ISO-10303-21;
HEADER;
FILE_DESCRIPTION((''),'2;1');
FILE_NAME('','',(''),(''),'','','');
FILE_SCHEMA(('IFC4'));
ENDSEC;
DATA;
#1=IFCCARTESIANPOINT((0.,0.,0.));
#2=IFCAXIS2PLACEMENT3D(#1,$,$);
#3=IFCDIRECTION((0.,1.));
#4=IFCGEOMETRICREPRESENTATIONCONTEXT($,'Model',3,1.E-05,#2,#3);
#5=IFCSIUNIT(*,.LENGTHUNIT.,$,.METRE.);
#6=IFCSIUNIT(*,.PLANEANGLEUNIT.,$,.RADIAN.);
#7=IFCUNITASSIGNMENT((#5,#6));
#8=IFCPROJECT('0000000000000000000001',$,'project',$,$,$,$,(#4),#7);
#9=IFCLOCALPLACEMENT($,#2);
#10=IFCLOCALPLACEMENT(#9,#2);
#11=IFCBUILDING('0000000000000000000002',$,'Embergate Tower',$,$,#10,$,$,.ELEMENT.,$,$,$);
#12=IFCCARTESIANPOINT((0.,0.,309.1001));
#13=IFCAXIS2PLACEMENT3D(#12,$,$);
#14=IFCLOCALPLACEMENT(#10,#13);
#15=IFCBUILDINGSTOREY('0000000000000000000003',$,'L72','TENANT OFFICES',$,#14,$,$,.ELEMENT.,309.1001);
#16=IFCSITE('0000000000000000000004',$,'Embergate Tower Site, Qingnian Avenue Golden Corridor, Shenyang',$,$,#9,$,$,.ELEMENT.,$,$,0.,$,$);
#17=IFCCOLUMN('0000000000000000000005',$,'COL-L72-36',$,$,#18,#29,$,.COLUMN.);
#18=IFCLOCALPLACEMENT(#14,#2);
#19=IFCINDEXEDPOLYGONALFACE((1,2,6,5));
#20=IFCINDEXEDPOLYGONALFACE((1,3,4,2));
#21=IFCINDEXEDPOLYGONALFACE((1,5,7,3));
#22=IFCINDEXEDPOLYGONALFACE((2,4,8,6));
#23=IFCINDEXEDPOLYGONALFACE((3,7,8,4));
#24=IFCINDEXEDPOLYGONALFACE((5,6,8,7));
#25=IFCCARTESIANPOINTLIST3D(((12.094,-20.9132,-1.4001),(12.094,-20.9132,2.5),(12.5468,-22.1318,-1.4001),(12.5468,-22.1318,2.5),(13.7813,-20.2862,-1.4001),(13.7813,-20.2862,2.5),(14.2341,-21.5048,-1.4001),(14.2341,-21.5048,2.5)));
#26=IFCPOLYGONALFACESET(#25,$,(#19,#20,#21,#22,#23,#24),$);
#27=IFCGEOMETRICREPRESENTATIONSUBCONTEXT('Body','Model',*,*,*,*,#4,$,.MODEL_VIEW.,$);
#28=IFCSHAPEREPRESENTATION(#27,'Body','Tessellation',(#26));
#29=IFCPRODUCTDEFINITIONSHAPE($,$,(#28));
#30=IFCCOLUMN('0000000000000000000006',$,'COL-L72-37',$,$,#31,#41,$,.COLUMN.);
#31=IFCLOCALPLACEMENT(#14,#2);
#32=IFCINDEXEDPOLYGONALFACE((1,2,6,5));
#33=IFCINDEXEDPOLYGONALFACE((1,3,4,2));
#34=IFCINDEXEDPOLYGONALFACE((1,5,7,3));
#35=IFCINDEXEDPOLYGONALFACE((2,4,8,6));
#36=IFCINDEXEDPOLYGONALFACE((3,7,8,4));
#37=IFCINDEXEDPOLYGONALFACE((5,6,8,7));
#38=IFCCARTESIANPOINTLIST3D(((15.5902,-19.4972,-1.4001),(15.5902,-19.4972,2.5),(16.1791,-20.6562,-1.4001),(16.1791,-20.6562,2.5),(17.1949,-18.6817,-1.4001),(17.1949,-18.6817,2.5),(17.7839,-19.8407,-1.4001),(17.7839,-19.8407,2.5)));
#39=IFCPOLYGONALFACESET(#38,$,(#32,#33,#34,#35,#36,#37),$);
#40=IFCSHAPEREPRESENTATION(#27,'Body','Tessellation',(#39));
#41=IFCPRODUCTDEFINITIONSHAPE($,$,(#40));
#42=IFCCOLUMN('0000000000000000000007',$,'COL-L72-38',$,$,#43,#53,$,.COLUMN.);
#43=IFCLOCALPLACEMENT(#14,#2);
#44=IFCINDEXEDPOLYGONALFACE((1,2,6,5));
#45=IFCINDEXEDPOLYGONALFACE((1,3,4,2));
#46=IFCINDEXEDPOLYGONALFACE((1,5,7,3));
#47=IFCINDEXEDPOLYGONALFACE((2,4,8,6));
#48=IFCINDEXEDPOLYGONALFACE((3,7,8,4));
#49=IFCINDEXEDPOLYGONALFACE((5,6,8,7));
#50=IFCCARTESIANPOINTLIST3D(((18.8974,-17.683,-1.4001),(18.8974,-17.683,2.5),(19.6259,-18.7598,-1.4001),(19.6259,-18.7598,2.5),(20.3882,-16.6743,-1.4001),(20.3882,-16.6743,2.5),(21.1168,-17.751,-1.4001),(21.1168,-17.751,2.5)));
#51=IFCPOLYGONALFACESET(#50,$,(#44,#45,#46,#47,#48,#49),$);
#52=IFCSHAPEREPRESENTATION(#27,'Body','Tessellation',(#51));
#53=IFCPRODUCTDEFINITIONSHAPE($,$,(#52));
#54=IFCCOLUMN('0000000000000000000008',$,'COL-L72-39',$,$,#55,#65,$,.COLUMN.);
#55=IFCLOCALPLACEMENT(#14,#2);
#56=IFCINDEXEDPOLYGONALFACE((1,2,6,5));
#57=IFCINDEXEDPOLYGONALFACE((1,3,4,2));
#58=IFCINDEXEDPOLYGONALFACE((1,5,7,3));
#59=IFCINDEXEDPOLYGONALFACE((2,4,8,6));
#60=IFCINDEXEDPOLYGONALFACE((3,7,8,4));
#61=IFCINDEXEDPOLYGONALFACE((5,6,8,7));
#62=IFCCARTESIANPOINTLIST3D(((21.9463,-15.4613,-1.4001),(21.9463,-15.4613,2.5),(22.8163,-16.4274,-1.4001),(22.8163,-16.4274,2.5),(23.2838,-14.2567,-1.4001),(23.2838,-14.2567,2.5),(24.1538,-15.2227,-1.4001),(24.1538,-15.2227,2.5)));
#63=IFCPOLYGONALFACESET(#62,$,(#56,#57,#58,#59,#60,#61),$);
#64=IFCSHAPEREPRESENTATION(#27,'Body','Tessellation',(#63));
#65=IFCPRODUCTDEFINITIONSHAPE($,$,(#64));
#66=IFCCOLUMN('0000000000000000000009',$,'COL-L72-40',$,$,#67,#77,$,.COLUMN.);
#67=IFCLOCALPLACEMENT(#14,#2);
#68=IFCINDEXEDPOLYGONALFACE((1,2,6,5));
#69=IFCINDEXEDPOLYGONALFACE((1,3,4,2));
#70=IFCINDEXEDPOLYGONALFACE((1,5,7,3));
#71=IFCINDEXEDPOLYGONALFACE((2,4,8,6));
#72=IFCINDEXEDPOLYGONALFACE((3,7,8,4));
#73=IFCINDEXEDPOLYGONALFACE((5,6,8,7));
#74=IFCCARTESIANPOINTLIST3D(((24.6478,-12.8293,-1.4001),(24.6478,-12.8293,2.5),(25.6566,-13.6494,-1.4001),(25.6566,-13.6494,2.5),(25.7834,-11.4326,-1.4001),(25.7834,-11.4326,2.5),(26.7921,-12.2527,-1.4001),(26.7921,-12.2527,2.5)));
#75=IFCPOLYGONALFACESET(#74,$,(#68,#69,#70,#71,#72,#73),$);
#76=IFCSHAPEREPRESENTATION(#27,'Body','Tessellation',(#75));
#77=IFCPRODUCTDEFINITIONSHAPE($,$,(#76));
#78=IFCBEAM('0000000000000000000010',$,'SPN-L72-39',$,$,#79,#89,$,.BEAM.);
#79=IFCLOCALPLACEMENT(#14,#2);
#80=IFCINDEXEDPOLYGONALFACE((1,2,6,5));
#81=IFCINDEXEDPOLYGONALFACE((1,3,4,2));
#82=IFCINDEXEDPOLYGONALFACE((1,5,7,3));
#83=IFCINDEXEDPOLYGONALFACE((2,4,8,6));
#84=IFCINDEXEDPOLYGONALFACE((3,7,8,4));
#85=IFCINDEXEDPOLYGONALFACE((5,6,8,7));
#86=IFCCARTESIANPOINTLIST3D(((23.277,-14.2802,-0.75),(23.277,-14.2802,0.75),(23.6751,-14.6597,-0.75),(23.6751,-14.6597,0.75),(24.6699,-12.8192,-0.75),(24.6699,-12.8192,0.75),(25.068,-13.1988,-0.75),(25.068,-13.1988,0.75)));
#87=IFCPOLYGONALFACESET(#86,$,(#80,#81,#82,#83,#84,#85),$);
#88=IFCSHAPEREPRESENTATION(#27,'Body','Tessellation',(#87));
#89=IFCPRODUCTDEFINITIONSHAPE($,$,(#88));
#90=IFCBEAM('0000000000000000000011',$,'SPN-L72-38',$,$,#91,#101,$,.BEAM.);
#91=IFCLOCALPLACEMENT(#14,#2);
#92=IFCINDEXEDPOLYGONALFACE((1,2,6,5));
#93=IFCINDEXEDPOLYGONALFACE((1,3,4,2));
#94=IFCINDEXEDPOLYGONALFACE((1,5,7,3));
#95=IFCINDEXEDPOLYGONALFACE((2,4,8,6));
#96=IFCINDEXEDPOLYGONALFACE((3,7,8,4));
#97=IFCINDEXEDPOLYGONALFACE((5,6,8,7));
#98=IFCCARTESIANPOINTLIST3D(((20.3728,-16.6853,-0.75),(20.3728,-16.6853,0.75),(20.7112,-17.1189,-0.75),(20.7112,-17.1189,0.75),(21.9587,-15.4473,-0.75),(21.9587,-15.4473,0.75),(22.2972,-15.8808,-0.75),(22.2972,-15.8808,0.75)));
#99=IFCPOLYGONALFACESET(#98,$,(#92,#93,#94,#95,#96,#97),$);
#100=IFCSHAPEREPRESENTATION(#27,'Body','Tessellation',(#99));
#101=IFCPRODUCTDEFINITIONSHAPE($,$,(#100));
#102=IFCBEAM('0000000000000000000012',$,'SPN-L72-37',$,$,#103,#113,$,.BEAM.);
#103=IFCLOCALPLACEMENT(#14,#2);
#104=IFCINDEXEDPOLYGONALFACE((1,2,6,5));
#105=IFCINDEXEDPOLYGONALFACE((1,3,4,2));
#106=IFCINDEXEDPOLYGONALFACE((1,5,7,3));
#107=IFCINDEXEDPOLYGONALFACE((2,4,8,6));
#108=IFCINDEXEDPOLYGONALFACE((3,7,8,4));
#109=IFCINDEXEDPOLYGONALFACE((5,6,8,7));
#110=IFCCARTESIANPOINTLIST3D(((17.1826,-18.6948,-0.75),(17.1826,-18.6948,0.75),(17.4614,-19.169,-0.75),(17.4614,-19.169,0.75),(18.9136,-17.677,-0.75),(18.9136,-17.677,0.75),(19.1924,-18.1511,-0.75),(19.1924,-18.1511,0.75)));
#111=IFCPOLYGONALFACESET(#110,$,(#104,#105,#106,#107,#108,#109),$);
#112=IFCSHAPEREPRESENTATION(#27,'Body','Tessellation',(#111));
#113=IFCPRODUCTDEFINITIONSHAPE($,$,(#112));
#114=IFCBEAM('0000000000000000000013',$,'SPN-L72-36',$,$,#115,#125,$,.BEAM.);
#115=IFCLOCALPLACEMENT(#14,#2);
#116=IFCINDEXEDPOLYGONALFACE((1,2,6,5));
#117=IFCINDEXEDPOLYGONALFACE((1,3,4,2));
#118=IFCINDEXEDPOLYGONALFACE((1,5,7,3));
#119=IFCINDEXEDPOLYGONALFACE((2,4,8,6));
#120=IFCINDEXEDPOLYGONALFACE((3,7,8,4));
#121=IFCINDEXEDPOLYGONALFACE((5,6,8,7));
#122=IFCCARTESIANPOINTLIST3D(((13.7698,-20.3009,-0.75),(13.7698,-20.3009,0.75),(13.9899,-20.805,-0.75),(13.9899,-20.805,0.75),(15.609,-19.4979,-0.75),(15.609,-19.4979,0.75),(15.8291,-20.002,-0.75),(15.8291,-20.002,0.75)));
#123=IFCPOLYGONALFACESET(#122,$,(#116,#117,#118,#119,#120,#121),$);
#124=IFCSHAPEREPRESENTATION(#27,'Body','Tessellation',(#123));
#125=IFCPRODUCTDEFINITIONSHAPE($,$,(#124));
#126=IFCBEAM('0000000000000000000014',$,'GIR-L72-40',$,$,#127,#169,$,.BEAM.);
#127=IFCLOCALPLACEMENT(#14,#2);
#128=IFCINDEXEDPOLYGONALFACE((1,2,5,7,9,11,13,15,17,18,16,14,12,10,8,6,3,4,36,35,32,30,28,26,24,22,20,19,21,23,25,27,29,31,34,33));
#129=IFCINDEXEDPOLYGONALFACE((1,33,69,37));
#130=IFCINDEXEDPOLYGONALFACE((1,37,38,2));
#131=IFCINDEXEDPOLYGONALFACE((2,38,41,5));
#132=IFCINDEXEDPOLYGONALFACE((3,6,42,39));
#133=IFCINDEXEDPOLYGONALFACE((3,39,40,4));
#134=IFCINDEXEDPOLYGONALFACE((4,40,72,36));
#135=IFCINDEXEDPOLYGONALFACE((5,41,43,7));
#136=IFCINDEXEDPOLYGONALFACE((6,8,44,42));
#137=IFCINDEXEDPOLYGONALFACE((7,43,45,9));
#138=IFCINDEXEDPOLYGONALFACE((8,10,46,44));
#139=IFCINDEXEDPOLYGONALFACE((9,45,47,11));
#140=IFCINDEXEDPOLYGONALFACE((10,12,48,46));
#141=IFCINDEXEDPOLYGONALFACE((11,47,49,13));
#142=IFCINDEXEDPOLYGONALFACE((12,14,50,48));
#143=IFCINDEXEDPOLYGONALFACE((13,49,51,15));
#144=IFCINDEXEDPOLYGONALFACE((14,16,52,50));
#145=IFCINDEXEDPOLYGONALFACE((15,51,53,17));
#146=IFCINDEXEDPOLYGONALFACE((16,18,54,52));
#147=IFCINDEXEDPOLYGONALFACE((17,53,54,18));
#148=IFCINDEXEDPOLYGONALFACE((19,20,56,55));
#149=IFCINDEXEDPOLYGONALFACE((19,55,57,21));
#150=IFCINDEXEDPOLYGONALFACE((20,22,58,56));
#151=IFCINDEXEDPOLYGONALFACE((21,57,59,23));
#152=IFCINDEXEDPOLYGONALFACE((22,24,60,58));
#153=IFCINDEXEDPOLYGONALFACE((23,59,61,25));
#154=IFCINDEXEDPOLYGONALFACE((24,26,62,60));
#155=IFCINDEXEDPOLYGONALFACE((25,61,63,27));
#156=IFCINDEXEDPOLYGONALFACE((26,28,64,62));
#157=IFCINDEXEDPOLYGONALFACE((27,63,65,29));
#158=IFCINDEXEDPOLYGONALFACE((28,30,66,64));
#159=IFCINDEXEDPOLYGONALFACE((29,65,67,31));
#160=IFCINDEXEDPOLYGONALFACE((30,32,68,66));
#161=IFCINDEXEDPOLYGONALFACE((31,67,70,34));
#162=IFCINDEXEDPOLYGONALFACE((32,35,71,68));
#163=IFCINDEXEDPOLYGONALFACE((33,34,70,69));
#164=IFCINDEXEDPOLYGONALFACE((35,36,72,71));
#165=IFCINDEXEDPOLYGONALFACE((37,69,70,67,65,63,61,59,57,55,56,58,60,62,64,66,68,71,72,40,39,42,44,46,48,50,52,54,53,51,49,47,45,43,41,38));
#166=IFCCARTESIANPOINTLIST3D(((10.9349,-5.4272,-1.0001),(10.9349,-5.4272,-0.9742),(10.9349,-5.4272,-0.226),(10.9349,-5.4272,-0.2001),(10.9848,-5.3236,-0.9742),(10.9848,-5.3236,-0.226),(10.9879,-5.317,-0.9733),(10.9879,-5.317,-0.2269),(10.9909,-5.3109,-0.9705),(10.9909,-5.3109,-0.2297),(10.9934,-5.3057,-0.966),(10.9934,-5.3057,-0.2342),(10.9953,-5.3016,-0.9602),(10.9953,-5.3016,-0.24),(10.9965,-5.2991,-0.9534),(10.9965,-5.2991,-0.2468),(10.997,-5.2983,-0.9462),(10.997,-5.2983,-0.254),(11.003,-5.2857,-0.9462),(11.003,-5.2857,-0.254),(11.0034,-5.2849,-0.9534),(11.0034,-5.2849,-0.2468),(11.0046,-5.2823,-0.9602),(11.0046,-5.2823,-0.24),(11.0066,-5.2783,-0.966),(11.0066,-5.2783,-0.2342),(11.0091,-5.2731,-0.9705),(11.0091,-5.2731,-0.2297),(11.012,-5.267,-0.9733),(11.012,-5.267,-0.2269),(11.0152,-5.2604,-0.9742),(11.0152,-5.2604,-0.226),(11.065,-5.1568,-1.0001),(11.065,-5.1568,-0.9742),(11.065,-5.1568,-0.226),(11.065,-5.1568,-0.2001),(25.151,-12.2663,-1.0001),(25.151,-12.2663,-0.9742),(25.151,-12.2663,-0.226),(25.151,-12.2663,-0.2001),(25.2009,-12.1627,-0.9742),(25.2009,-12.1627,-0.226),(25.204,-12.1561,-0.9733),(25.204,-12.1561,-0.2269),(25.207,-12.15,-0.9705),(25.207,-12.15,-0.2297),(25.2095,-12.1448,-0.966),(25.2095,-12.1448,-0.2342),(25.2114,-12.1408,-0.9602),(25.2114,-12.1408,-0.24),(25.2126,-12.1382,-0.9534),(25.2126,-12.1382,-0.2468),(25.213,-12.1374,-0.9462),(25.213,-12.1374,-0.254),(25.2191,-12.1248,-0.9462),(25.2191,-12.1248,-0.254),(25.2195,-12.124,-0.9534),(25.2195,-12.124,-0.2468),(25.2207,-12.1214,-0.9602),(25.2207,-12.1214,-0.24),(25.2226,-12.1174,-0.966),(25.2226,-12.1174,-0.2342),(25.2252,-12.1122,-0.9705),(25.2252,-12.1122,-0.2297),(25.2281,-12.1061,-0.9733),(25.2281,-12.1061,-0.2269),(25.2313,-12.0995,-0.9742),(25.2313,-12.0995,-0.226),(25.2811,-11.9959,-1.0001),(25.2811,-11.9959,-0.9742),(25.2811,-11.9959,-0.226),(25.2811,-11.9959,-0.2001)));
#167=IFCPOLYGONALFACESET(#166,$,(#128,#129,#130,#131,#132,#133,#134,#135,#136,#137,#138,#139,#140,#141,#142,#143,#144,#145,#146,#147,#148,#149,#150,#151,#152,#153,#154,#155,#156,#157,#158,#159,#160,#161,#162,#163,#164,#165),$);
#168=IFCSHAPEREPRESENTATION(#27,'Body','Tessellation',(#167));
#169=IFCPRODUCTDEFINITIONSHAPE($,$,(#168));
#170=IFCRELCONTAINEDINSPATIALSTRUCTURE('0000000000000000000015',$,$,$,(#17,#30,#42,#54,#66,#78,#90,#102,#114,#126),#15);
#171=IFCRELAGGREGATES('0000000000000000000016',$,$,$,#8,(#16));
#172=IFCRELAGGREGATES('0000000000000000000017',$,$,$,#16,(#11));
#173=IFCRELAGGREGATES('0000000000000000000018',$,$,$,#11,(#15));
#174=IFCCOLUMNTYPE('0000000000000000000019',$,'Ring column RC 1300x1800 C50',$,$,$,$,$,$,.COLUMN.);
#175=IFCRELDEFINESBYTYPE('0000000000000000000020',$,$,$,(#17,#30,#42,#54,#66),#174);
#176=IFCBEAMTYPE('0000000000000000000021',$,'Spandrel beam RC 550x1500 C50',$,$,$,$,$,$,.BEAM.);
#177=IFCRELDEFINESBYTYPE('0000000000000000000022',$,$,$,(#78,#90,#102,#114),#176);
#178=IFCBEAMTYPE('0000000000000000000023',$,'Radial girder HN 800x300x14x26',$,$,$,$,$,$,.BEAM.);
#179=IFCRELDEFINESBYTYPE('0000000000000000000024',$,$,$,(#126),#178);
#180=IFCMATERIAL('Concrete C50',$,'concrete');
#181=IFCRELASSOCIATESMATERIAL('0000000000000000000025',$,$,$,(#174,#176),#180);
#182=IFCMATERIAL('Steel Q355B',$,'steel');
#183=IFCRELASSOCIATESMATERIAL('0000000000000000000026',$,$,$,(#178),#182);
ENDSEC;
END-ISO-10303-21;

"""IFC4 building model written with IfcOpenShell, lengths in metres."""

from ifc_helpers import new_model, si_unit, direction, frame, origin, origin_2d, place, context, subcontext, project, spatial, rectangle, i_section, extrude, source, transform, mapped, material, material_profile, profile_set, type_object, element, save


model = new_model("IFC4")

# Units and contexts
model_context = context("Model", 3, precision=1e-05, world=origin(), true_north=direction((0.0, 1.0)))
body_context = subcontext(model_context, "Body", "Model", "MODEL_VIEW")
ifc_project = project(units=[si_unit("LENGTHUNIT", "METRE"), si_unit("PLANEANGLEUNIT", "RADIAN")], contexts=[model_context])

# Site, building, storey
site_placement = place(None, origin())
site = spatial("IfcSite", under=ifc_project, at=site_placement, Name="Embergate Tower Site, Qingnian Avenue Golden Corridor, Shenyang", CompositionType="ELEMENT", RefElevation=0.0)
building_placement = place(site_placement, origin())
building = spatial("IfcBuilding", under=site, at=building_placement, Name="Embergate Tower", CompositionType="ELEMENT")
storey_placement = place(building_placement, frame((0.0, 0.0, 309.1001)))
storey = spatial("IfcBuildingStorey", under=building, at=storey_placement, Name="L72", Description="TENANT OFFICES", CompositionType="ELEMENT", Elevation=309.1001)

# Columns
ifc_material_1 = material(Name="Concrete C50", Category="concrete")
ifc_material_profile_1 = material_profile(ifc_material_1, rectangle(XDim=1.3, YDim=1.8, at=origin_2d()), Name="RC 1300x1800")
ifc_profile_set_1 = profile_set([ifc_material_profile_1], Name="Concrete C50")
column_type = type_object("IfcColumnType", Name="Ring column RC 1300x1800 C50", PredefinedType="COLUMN", material=ifc_profile_set_1)
shared_shape_1 = source(origin(), body_context, "Body", "SweptSolid", [
    extrude(rectangle(XDim=1.3, YDim=1.8, at=origin_2d()), origin(), (0.0, 0.0, 1.0), 3.9001),
])
for number, where, z_axis, x_axis, name in (
    (1, (13.1641, -21.209, -1.4001), (0.0, 0.0, 1.0), (0.348343, -0.937367, 0.0), "COL-L72-36"),
    (2, (16.687, -19.6689, -1.4001), (0.0, 0.0, 1.0), (0.453011, -0.891505, 0.0), "COL-L72-37"),
    (3, (20.0071, -17.717, -1.4001), (0.0, 0.0, 1.0), (0.560393, -0.828227, 0.0), "COL-L72-38"),
    (4, (23.05, -15.342, -1.4001), (0.0, 0.0, 1.0), (0.669221, -0.743063, 0.0), "COL-L72-39"),
    (5, (25.72, -12.541, -1.4001), (0.0, 0.0, 1.0), (0.775925, -0.630825, 0.0), "COL-L72-40"),
):
    element("IfcColumn", number, at=place(storey_placement, frame(where, z_axis=z_axis, x_axis=x_axis)), inside=storey, type_object=column_type, Name=name, PredefinedType="COLUMN", context=body_context, shape_type="MappedRepresentation", body=[
        mapped(shared_shape_1, transform((0.0, 0.0, 0.0))),
    ])

# Beams
ifc_material_profile_2 = material_profile(ifc_material_1, rectangle(XDim=0.55, YDim=1.5, at=origin_2d()), Name="RC 550x1500")
ifc_profile_set_2 = profile_set([ifc_material_profile_2], Name="Concrete C50")
beam_type_1 = type_object("IfcBeamType", Name="Spandrel beam RC 550x1500 C50", PredefinedType="BEAM", material=ifc_profile_set_2)
shared_shape_2 = source(origin(), body_context, "Body", "SweptSolid", [
    extrude(rectangle(XDim=0.55, YDim=1.5, at=origin_2d()), origin(), (0.0, 0.0, 1.0), 2.0186),
])
beam_1_placement = place(storey_placement, frame((23.4761, -14.47, 0.0), z_axis=(0.690033, 0.723778, 0.0), x_axis=(-0.723778, 0.690033, 0.0)))
element("IfcBeam", 6, at=beam_1_placement, inside=storey, type_object=beam_type_1, Name="SPN-L72-39", PredefinedType="BEAM", context=body_context, shape_type="MappedRepresentation", body=[
    mapped(shared_shape_2, transform((0.0, 0.0, 0.0))),
])
shared_shape_3 = source(origin(), body_context, "Body", "SweptSolid", [
    extrude(rectangle(XDim=0.55, YDim=1.5, at=origin_2d()), origin(), (0.0, 0.0, 1.0), 2.012),
])
beam_2_placement = place(storey_placement, frame((20.542, -16.9021, 0.0), z_axis=(0.78826, 0.615343, 0.0), x_axis=(-0.615343, 0.78826, 0.0)))
element("IfcBeam", 7, at=beam_2_placement, inside=storey, type_object=beam_type_1, Name="SPN-L72-38", PredefinedType="BEAM", context=body_context, shape_type="MappedRepresentation", body=[
    mapped(shared_shape_3, transform((0.0, 0.0, 0.0))),
])
shared_shape_4 = source(origin(), body_context, "Body", "SweptSolid", [
    extrude(rectangle(XDim=0.55, YDim=1.5, at=origin_2d()), origin(), (0.0, 0.0, 1.0), 2.0081),
])
beam_3_placement = place(storey_placement, frame((17.322, -18.9319, 0.0), z_axis=(0.862019, 0.506877, 0.0), x_axis=(-0.506877, 0.862019, 0.0)))
element("IfcBeam", 8, at=beam_3_placement, inside=storey, type_object=beam_type_1, Name="SPN-L72-37", PredefinedType="BEAM", context=body_context, shape_type="MappedRepresentation", body=[
    mapped(shared_shape_4, transform((0.0, 0.0, 0.0))),
])
shared_shape_5 = source(origin(), body_context, "Body", "SweptSolid", [
    extrude(rectangle(XDim=0.55, YDim=1.5, at=origin_2d()), origin(), (0.0, 0.0, 1.0), 2.0068),
])
beam_4_placement = place(storey_placement, frame((13.8799, -20.553, 0.0), z_axis=(0.916456, 0.400136, 0.0), x_axis=(-0.400136, 0.916456, 0.0)))
element("IfcBeam", 9, at=beam_4_placement, inside=storey, type_object=beam_type_1, Name="SPN-L72-36", PredefinedType="BEAM", context=body_context, shape_type="MappedRepresentation", body=[
    mapped(shared_shape_5, transform((0.0, 0.0, 0.0))),
])
ifc_material_2 = material(Name="Steel Q355B", Category="steel")
ifc_material_profile_3 = material_profile(ifc_material_2, i_section(OverallWidth=0.3, OverallDepth=0.8, WebThickness=0.0139, FlangeThickness=0.0259, FilletRadius=0.0281, at=origin_2d()), Name="HN 800x300x14x26")
ifc_profile_set_3 = profile_set([ifc_material_profile_3], Name="Steel Q355 grade B")
beam_type_2 = type_object("IfcBeamType", Name="Radial girder HN 800x300x14x26", PredefinedType="BEAM", material=ifc_profile_set_3)
shared_shape_6 = source(origin(), body_context, "Body", "SweptSolid", [
    extrude(i_section(OverallWidth=0.3, OverallDepth=0.8, WebThickness=0.0139, FlangeThickness=0.0259, FilletRadius=0.0281, at=origin_2d()), origin(), (0.0, 0.0, 1.0), 15.7756),
])
beam_5_placement = place(storey_placement, frame((25.2161, -12.1311, -0.6001), z_axis=(-0.901142, 0.433524, 0.0), x_axis=(-0.433524, -0.901142, 0.0)))
element("IfcBeam", 10, at=beam_5_placement, inside=storey, type_object=beam_type_2, Name="GIR-L72-40", PredefinedType="BEAM", context=body_context, shape_type="MappedRepresentation", body=[
    mapped(shared_shape_6, transform((0.0, 0.0, 0.0))),
])

save(model, "model.ifc")
